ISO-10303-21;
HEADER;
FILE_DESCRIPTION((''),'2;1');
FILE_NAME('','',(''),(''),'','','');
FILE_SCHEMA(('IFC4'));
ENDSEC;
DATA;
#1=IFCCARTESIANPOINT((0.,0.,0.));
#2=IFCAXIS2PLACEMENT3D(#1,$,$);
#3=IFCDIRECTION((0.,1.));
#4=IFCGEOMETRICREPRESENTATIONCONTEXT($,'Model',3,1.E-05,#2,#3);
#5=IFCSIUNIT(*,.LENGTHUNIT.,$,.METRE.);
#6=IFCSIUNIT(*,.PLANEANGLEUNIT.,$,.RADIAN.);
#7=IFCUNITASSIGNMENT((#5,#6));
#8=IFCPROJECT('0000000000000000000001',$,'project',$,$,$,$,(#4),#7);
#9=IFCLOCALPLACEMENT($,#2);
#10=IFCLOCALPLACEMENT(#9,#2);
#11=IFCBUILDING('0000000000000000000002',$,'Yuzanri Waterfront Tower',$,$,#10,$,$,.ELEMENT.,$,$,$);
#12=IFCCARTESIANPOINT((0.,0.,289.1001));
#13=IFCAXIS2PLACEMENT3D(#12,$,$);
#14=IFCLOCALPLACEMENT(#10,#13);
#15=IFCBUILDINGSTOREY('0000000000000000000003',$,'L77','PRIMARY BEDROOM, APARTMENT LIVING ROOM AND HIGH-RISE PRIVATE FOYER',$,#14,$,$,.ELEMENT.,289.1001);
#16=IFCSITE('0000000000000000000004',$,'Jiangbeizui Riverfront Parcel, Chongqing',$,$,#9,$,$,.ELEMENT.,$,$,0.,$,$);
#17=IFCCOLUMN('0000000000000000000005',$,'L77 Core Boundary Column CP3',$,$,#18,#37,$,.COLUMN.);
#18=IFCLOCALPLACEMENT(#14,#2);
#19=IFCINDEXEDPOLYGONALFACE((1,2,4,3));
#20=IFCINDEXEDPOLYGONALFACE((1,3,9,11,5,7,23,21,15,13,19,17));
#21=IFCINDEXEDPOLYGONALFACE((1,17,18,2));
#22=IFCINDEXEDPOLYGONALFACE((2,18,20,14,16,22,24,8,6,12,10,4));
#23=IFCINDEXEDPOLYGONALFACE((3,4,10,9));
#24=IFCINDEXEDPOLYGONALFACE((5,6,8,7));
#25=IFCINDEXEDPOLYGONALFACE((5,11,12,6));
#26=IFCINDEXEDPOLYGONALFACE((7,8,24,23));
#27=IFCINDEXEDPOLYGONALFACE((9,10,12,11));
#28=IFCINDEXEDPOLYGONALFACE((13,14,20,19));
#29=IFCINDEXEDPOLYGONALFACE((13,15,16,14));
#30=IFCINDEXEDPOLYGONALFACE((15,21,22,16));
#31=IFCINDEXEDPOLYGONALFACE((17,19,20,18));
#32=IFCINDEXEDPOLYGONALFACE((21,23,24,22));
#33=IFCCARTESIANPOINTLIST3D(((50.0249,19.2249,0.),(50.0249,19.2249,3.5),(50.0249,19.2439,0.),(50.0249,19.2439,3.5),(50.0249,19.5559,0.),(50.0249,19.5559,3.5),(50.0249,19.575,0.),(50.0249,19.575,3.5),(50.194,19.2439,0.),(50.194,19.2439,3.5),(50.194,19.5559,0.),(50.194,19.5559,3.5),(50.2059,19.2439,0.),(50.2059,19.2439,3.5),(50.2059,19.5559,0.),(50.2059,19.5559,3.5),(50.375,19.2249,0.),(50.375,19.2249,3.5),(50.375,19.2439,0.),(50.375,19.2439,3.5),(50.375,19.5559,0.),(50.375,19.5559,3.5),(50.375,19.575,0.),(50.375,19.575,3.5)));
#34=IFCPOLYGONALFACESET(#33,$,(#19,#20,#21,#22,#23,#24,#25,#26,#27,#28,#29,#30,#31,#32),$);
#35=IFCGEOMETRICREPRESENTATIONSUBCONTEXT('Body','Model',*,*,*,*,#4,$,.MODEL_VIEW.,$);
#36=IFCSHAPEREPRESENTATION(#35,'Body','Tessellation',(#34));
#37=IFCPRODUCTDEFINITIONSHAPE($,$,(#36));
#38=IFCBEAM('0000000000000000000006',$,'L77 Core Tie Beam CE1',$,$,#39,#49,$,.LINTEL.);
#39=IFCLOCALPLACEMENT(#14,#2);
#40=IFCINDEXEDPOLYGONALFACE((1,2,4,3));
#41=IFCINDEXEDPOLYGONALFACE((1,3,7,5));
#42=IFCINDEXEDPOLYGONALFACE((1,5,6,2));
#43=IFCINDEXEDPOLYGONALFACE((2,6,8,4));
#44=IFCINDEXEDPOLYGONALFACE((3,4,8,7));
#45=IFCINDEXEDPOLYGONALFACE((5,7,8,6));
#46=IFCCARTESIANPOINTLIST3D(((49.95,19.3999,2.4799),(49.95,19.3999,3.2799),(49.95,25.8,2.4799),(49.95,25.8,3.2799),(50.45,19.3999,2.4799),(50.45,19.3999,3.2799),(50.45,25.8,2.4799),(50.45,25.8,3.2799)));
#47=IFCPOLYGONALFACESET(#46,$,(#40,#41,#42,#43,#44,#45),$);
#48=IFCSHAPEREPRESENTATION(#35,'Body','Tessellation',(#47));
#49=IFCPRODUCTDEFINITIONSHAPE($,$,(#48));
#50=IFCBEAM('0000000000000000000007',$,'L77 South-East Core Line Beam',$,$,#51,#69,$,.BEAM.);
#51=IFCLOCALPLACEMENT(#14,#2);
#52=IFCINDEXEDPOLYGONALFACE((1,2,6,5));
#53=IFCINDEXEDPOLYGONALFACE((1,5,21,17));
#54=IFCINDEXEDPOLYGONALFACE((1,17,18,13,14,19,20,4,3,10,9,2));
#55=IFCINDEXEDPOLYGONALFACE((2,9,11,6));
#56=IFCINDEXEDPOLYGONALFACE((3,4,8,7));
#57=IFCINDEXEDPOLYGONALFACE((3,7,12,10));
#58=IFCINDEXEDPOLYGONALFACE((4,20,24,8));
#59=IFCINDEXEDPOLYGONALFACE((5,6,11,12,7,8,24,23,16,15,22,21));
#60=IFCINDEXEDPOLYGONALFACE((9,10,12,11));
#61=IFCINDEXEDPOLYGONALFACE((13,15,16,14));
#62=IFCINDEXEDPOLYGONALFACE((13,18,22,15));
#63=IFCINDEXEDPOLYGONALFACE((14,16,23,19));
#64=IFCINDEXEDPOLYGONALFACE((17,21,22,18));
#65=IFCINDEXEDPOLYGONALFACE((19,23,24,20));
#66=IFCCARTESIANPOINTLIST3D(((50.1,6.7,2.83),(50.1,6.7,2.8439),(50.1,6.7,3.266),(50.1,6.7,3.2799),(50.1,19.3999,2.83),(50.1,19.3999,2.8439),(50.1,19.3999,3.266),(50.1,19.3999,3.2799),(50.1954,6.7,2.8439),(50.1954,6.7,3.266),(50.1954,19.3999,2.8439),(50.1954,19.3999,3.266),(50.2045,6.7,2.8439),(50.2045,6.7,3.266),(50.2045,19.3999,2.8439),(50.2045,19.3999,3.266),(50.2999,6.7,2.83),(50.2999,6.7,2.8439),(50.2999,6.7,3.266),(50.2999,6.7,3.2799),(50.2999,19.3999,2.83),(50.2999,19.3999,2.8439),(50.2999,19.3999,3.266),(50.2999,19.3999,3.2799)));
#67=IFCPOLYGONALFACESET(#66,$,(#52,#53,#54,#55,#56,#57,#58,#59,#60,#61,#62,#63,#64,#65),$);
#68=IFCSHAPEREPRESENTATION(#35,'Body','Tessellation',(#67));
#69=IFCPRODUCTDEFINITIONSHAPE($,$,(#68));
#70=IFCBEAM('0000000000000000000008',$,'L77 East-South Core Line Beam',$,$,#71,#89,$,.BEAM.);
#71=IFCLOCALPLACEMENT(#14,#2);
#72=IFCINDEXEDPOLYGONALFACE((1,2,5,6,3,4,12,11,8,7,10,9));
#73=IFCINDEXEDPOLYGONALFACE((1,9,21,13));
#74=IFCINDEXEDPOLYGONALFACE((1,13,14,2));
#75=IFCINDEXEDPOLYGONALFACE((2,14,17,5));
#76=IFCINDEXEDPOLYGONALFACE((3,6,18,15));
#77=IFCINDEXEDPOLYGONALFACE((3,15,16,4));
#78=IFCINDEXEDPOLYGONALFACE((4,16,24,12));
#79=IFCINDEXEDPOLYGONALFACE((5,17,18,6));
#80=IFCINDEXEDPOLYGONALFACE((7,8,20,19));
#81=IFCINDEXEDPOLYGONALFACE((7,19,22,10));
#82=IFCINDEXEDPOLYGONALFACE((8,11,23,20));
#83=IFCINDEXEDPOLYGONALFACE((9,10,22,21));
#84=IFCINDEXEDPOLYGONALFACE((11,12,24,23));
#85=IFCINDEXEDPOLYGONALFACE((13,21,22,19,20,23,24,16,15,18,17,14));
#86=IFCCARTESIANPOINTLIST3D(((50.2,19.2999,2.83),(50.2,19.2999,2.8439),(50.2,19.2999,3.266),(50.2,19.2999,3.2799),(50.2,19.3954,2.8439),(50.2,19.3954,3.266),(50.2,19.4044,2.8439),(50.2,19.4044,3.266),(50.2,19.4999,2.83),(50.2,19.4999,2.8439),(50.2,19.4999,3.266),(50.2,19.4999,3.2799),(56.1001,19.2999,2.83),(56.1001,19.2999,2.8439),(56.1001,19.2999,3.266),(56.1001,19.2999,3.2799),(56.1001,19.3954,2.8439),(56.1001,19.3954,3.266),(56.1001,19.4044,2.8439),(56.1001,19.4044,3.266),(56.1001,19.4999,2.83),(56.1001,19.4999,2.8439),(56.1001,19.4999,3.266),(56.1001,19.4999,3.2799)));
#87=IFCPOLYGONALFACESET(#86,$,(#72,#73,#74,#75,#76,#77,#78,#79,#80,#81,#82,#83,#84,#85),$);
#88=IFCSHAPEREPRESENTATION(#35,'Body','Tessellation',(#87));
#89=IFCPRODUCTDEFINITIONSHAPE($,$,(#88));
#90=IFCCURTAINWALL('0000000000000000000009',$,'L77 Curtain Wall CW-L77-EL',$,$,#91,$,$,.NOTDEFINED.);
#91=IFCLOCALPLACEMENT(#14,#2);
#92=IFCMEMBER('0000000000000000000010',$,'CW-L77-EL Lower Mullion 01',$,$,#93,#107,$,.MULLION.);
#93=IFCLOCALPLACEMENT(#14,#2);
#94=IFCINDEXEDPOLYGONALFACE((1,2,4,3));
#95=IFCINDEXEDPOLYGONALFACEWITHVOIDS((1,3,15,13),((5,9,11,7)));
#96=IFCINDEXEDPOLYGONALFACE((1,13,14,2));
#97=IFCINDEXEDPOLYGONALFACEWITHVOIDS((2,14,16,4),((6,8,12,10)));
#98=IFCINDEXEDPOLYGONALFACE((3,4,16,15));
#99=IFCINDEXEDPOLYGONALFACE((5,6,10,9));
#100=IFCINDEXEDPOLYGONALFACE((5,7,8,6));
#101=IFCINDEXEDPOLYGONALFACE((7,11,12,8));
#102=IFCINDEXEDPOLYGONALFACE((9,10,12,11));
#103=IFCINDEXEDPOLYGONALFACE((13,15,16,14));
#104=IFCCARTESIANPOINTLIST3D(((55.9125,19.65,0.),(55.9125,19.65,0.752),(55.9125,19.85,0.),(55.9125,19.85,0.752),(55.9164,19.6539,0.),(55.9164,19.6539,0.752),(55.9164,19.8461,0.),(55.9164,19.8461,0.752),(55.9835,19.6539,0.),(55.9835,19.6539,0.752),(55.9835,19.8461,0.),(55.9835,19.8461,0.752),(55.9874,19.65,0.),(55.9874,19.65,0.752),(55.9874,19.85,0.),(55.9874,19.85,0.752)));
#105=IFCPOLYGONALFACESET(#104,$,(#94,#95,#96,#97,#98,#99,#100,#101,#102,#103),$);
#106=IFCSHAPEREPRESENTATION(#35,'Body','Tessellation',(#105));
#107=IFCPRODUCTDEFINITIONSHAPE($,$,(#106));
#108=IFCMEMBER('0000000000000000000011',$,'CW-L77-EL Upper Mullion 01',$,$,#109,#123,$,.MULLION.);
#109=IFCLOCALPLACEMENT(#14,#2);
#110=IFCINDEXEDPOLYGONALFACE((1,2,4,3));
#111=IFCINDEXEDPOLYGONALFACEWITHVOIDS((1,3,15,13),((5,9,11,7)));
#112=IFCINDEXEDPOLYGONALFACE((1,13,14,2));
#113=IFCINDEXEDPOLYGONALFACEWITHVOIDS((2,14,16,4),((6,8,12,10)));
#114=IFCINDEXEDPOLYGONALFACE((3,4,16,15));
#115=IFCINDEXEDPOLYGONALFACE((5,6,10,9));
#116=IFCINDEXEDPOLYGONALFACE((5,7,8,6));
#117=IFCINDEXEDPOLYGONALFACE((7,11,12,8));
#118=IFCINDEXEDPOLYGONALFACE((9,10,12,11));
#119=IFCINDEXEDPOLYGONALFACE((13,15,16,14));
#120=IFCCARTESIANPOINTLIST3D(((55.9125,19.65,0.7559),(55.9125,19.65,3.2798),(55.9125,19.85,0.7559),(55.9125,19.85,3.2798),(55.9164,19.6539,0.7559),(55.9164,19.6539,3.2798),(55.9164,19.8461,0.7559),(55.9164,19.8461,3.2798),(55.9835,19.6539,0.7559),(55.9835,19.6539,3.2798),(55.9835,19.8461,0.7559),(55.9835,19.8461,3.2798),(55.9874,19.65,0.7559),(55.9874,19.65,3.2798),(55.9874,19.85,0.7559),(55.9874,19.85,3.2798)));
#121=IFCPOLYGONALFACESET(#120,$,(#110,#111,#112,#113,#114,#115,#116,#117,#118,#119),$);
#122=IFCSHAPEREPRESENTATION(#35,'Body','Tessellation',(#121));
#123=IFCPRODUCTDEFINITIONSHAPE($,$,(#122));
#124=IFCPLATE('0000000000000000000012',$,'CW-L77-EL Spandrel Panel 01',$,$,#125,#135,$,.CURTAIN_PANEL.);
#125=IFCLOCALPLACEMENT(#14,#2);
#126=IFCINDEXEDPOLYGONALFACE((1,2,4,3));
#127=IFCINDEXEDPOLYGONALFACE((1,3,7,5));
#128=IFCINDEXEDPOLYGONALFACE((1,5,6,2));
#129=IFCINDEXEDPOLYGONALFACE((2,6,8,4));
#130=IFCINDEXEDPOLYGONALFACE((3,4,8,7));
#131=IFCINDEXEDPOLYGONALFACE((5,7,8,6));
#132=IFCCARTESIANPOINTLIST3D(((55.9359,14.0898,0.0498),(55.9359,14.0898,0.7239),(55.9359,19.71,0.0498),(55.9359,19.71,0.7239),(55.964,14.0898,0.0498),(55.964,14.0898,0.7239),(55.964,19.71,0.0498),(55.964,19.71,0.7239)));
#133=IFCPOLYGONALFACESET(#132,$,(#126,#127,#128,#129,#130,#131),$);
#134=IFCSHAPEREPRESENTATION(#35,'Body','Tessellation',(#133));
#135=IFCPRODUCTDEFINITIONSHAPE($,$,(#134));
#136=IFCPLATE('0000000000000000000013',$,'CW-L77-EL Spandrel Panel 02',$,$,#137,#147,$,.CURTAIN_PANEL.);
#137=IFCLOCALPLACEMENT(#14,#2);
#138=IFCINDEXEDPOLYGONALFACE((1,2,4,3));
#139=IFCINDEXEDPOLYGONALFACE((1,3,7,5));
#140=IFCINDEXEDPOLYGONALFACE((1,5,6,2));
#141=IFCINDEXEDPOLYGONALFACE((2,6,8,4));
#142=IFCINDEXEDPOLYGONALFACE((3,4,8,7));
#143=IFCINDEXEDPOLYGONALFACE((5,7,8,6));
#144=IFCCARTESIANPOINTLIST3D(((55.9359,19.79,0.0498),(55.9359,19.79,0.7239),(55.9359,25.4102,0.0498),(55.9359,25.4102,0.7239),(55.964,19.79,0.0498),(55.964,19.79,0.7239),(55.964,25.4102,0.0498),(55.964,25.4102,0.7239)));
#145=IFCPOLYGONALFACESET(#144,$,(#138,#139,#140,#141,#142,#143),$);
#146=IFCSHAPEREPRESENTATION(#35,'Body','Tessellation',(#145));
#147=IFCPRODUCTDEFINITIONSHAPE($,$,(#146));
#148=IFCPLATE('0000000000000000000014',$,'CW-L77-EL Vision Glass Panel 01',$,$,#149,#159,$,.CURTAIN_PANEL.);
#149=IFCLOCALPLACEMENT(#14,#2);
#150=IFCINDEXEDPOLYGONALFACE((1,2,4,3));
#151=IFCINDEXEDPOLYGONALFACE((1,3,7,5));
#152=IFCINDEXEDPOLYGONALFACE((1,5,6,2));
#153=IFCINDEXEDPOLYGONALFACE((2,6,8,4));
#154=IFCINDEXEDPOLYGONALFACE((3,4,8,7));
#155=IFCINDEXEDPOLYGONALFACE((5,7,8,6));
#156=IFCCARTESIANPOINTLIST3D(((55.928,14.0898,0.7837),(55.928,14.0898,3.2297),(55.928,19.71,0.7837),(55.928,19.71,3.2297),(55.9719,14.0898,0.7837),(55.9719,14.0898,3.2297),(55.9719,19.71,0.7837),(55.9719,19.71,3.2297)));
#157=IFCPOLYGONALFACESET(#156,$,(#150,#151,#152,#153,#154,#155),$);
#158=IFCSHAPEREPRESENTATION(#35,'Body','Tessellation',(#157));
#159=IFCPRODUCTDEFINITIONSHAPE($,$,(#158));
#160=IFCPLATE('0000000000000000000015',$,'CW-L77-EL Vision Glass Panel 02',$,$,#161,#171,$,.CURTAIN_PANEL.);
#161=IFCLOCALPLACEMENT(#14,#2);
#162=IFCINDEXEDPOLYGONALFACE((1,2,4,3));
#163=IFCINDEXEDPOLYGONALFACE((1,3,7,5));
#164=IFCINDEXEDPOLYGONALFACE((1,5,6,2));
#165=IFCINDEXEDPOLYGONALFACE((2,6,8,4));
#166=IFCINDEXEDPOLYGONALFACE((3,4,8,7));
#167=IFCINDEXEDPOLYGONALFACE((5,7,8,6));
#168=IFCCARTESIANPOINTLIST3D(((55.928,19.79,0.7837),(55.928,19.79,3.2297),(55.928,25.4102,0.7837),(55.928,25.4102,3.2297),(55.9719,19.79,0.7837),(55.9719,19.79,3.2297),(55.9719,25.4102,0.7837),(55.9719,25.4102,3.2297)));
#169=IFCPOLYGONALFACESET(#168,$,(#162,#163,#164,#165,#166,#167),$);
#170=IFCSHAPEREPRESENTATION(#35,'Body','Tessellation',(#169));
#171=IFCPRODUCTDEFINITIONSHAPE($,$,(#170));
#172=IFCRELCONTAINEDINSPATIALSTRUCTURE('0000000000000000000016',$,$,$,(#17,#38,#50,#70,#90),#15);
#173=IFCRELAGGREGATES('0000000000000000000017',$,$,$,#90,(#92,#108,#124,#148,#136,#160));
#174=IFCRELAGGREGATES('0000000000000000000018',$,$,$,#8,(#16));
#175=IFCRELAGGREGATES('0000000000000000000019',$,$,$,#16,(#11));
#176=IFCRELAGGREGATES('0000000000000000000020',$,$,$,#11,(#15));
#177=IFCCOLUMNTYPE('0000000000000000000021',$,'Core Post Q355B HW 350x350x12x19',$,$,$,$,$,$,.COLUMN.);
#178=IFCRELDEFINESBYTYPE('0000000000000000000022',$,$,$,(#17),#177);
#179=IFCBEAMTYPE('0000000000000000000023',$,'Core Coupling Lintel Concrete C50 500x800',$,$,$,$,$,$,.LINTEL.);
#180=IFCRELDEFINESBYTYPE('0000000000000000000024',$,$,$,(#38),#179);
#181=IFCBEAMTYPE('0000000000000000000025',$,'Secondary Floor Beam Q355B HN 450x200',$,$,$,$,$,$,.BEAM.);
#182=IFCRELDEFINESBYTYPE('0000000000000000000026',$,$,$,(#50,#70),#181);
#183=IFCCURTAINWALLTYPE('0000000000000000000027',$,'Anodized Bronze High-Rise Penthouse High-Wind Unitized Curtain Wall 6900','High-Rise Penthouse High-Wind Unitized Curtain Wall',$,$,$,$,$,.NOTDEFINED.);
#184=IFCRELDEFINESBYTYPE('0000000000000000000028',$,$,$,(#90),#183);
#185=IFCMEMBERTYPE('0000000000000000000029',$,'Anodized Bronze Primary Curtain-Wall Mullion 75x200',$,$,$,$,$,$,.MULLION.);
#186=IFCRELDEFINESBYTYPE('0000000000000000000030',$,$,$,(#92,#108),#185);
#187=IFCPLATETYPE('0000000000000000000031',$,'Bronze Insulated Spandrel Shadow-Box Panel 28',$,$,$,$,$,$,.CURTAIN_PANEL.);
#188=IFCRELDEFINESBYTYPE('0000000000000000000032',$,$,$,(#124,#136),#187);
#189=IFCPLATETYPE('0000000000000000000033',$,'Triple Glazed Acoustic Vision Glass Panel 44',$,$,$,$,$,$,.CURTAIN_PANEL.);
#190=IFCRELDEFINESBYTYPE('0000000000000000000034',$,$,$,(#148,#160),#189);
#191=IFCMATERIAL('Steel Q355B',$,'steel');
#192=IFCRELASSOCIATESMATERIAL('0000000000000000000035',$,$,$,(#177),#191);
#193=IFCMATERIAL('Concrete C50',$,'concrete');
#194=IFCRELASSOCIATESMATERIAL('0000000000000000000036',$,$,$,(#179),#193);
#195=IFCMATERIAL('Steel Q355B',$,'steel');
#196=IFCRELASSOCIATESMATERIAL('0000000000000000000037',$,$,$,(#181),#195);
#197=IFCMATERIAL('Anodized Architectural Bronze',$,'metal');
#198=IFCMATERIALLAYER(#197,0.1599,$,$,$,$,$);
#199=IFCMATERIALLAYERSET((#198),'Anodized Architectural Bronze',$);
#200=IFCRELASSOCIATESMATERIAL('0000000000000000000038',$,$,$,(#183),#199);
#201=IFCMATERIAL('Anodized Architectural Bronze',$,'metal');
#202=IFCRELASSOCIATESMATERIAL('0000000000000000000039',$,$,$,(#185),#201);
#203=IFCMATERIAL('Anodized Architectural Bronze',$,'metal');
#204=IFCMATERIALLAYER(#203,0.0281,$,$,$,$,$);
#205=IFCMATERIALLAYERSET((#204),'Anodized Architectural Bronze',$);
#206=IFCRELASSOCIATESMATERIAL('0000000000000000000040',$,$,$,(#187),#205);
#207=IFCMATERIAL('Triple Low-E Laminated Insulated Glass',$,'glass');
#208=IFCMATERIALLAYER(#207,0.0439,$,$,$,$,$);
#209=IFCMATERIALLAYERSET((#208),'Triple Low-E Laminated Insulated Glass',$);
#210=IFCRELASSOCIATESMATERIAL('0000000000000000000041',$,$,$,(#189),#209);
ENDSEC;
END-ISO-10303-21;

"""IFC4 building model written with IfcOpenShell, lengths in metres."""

from ifc_helpers import new_model, si_unit, direction, frame, origin, origin_2d, place, context, subcontext, project, spatial, rectangle, hollow_rectangle, i_section, extrude, source, transform, mapped, material, layer, layer_set, material_profile, profile_set, type_object, element, aggregate, save


model = new_model("IFC4")

# Units and contexts
model_context = context("Model", 3, precision=1e-05, world=origin(), true_north=direction((0.0, 1.0)))
body_context = subcontext(model_context, "Body", "Model", "MODEL_VIEW")
ifc_project = project(units=[si_unit("LENGTHUNIT", "METRE"), si_unit("PLANEANGLEUNIT", "RADIAN")], contexts=[model_context])

# Site, building, storey
site_placement = place(None, origin())
site = spatial("IfcSite", under=ifc_project, at=site_placement, Name="Jiangbeizui Riverfront Parcel, Chongqing", CompositionType="ELEMENT", RefElevation=0.0)
building_placement = place(site_placement, origin())
building = spatial("IfcBuilding", under=site, at=building_placement, Name="Yuzanri Waterfront Tower", CompositionType="ELEMENT")
storey_placement = place(building_placement, frame((0.0, 0.0, 289.1001)))
storey = spatial("IfcBuildingStorey", under=building, at=storey_placement, Name="L77", Description="PRIMARY BEDROOM, APARTMENT LIVING ROOM AND HIGH-RISE PRIVATE FOYER", CompositionType="ELEMENT", Elevation=289.1001)

# Column
ifc_material_1 = material(Name="Steel Q355B", Category="steel")
ifc_material_profile_1 = material_profile(ifc_material_1, i_section(OverallWidth=0.3501, OverallDepth=0.3501, WebThickness=0.012, FlangeThickness=0.019, at=origin_2d()), Name="HW 350x350x12x19")
ifc_profile_set_1 = profile_set([ifc_material_profile_1], Name="Steel Q355B")
column_type = type_object("IfcColumnType", Name="Core Post Q355B HW 350x350x12x19", PredefinedType="COLUMN", material=ifc_profile_set_1)
shared_shape_1 = source(origin(), body_context, "Body", "SweptSolid", [
    extrude(i_section(OverallWidth=0.3501, OverallDepth=0.3501, WebThickness=0.012, FlangeThickness=0.019, at=origin_2d()), origin(), (0.0, 0.0, 1.0), 3.5),
])
column_placement = place(storey_placement, frame((50.2, 19.3999, 0.0), z_axis=(0.0, 0.0, 1.0), x_axis=(1.0, 0.0, 0.0)))
element("IfcColumn", 1, at=column_placement, inside=storey, type_object=column_type, Name="L77 Core Boundary Column CP3", PredefinedType="COLUMN", context=body_context, shape_type="MappedRepresentation", body=[
    mapped(shared_shape_1, transform((0.0, 0.0, 0.0), scale=1.0)),
])

# Beams
ifc_material_2 = material(Name="Concrete C50", Category="concrete")
ifc_material_profile_2 = material_profile(ifc_material_2, rectangle(XDim=0.5, YDim=0.8, at=origin_2d()), Name="RC 500x800")
ifc_profile_set_2 = profile_set([ifc_material_profile_2], Name="Concrete C50")
beam_type_1 = type_object("IfcBeamType", Name="Core Coupling Lintel Concrete C50 500x800", PredefinedType="LINTEL", material=ifc_profile_set_2)
shared_shape_2 = source(origin(), body_context, "Body", "SweptSolid", [
    extrude(rectangle(XDim=0.5, YDim=0.8, at=origin_2d()), origin(), (0.0, 0.0, 1.0), 6.4001),
])
beam_1_placement = place(storey_placement, frame((50.2, 19.3999, 2.8799), z_axis=(0.0, 1.0, 0.0), x_axis=(-1.0, 0.0, 0.0)))
element("IfcBeam", 2, at=beam_1_placement, inside=storey, type_object=beam_type_1, Name="L77 Core Tie Beam CE1", PredefinedType="LINTEL", context=body_context, shape_type="MappedRepresentation", body=[
    mapped(shared_shape_2, transform((0.0, 0.0, 0.0), scale=1.0)),
])
ifc_material_3 = material(Name="Steel Q355B", Category="steel")
ifc_material_profile_3 = material_profile(ifc_material_3, i_section(OverallWidth=0.2, OverallDepth=0.45, WebThickness=0.009, FlangeThickness=0.0139, at=origin_2d()), Name="HN 450x200x9x14")
ifc_profile_set_3 = profile_set([ifc_material_profile_3], Name="Steel Q355B")
beam_type_2 = type_object("IfcBeamType", Name="Secondary Floor Beam Q355B HN 450x200", PredefinedType="BEAM", material=ifc_profile_set_3)
shared_shape_3 = source(origin(), body_context, "Body", "SweptSolid", [
    extrude(i_section(OverallWidth=0.2, OverallDepth=0.45, WebThickness=0.009, FlangeThickness=0.0139, at=origin_2d()), origin(), (0.0, 0.0, 1.0), 12.7),
])
beam_2_placement = place(storey_placement, frame((50.2, 19.3999, 3.0549), z_axis=(0.0, -1.0, 0.0), x_axis=(1.0, 0.0, 0.0)))
element("IfcBeam", 3, at=beam_2_placement, inside=storey, type_object=beam_type_2, Name="L77 South-East Core Line Beam", PredefinedType="BEAM", context=body_context, shape_type="MappedRepresentation", body=[
    mapped(shared_shape_3, transform((0.0, 0.0, 0.0), scale=1.0)),
])
shared_shape_4 = source(origin(), body_context, "Body", "SweptSolid", [
    extrude(i_section(OverallWidth=0.2, OverallDepth=0.45, WebThickness=0.009, FlangeThickness=0.0139, at=origin_2d()), origin(), (0.0, 0.0, 1.0), 5.9001),
])
beam_3_placement = place(storey_placement, frame((50.2, 19.3999, 3.0549), z_axis=(1.0, 0.0, 0.0), x_axis=(0.0, 1.0, 0.0)))
element("IfcBeam", 4, at=beam_3_placement, inside=storey, type_object=beam_type_2, Name="L77 East-South Core Line Beam", PredefinedType="BEAM", context=body_context, shape_type="MappedRepresentation", body=[
    mapped(shared_shape_4, transform((0.0, 0.0, 0.0), scale=1.0)),
])

# Curtain wall, members, plates
ifc_material_4 = material(Name="Anodized Architectural Bronze", Category="metal")
ifc_layer_1 = layer(ifc_material_4, 0.1599)
ifc_layer_set_1 = layer_set([ifc_layer_1], Name="Anodized Architectural Bronze")
curtain_wall_type = type_object("IfcCurtainWallType", Name="Anodized Bronze High-Rise Penthouse High-Wind Unitized Curtain Wall 6900", Description="High-Rise Penthouse High-Wind Unitized Curtain Wall", PredefinedType="NOTDEFINED", material=ifc_layer_set_1)
curtain_wall_placement = place(storey_placement, origin())
curtain_wall = element("IfcCurtainWall", 5, at=curtain_wall_placement, inside=storey, type_object=curtain_wall_type, Name="L77 Curtain Wall CW-L77-EL", PredefinedType="NOTDEFINED")
ifc_material_5 = material(Name="Anodized Architectural Bronze", Category="metal")
ifc_material_profile_4 = material_profile(ifc_material_5, hollow_rectangle(XDim=0.075, YDim=0.2, WallThickness=0.0039, at=origin_2d()), Name="CWM 75x200")
ifc_profile_set_4 = profile_set([ifc_material_profile_4], Name="Anodized Architectural Bronze")
member_type = type_object("IfcMemberType", Name="Anodized Bronze Primary Curtain-Wall Mullion 75x200", PredefinedType="MULLION", material=ifc_profile_set_4)
shared_shape_5 = source(origin(), body_context, "Body", "SweptSolid", [
    extrude(hollow_rectangle(XDim=0.075, YDim=0.2, WallThickness=0.0039, at=origin_2d()), origin(), (0.0, 0.0, 1.0), 0.752),
])
member_1_placement = place(storey_placement, frame((55.95, 19.75, 0.0), z_axis=(0.0, 0.0, 1.0), x_axis=(1.0, 0.0, 0.0)))
member_1 = element("IfcMember", 6, at=member_1_placement, type_object=member_type, Name="CW-L77-EL Lower Mullion 01", PredefinedType="MULLION", context=body_context, shape_type="MappedRepresentation", body=[
    mapped(shared_shape_5, transform((0.0, 0.0, 0.0), scale=1.0)),
])
shared_shape_6 = source(origin(), body_context, "Body", "SweptSolid", [
    extrude(hollow_rectangle(XDim=0.075, YDim=0.2, WallThickness=0.0039, at=origin_2d()), origin(), (0.0, 0.0, 1.0), 2.5239),
])
member_2_placement = place(storey_placement, frame((55.95, 19.75, 0.7559), z_axis=(0.0, 0.0, 1.0), x_axis=(1.0, 0.0, 0.0)))
member_2 = element("IfcMember", 7, at=member_2_placement, type_object=member_type, Name="CW-L77-EL Upper Mullion 01", PredefinedType="MULLION", context=body_context, shape_type="MappedRepresentation", body=[
    mapped(shared_shape_6, transform((0.0, 0.0, 0.0), scale=1.0)),
])
ifc_material_6 = material(Name="Anodized Architectural Bronze", Category="metal")
ifc_layer_2 = layer(ifc_material_6, 0.0281)
ifc_layer_set_2 = layer_set([ifc_layer_2], Name="Anodized Architectural Bronze")
plate_type_1 = type_object("IfcPlateType", Name="Bronze Insulated Spandrel Shadow-Box Panel 28", PredefinedType="CURTAIN_PANEL", material=ifc_layer_set_2)
shared_shape_7 = source(origin(), body_context, "Body", "SweptSolid", [
    extrude(rectangle(XDim=5.6201, YDim=0.0281, at=origin_2d()), origin(), (0.0, 0.0, 1.0), 0.6741),
])
plate_1_placement = place(storey_placement, frame((55.95, 16.8999, 0.0498), z_axis=(0.0, 0.0, 1.0), x_axis=(0.0, 1.0, 0.0)))
plate_1 = element("IfcPlate", 8, at=plate_1_placement, type_object=plate_type_1, Name="CW-L77-EL Spandrel Panel 01", PredefinedType="CURTAIN_PANEL", context=body_context, shape_type="MappedRepresentation", body=[
    mapped(shared_shape_7, transform((0.0, 0.0, 0.0), scale=1.0)),
])
plate_2_placement = place(storey_placement, frame((55.95, 22.6001, 0.0498), z_axis=(0.0, 0.0, 1.0), x_axis=(0.0, 1.0, 0.0)))
plate_2 = element("IfcPlate", 9, at=plate_2_placement, type_object=plate_type_1, Name="CW-L77-EL Spandrel Panel 02", PredefinedType="CURTAIN_PANEL", context=body_context, shape_type="MappedRepresentation", body=[
    mapped(shared_shape_7, transform((0.0, 0.0, 0.0), scale=1.0)),
])
ifc_material_7 = material(Name="Triple Low-E Laminated Insulated Glass", Category="glass")
ifc_layer_3 = layer(ifc_material_7, 0.0439)
ifc_layer_set_3 = layer_set([ifc_layer_3], Name="Triple Low-E Laminated Insulated Glass")
plate_type_2 = type_object("IfcPlateType", Name="Triple Glazed Acoustic Vision Glass Panel 44", PredefinedType="CURTAIN_PANEL", material=ifc_layer_set_3)
shared_shape_8 = source(origin(), body_context, "Body", "SweptSolid", [
    extrude(rectangle(XDim=5.6201, YDim=0.0439, at=origin_2d()), origin(), (0.0, 0.0, 1.0), 2.446),
])
plate_3_placement = place(storey_placement, frame((55.95, 16.8999, 0.7837), z_axis=(0.0, 0.0, 1.0), x_axis=(0.0, 1.0, 0.0)))
plate_3 = element("IfcPlate", 10, at=plate_3_placement, type_object=plate_type_2, Name="CW-L77-EL Vision Glass Panel 01", PredefinedType="CURTAIN_PANEL", context=body_context, shape_type="MappedRepresentation", body=[
    mapped(shared_shape_8, transform((0.0, 0.0, 0.0), scale=1.0)),
])
plate_4_placement = place(storey_placement, frame((55.95, 22.6001, 0.7837), z_axis=(0.0, 0.0, 1.0), x_axis=(0.0, 1.0, 0.0)))
plate_4 = element("IfcPlate", 11, at=plate_4_placement, type_object=plate_type_2, Name="CW-L77-EL Vision Glass Panel 02", PredefinedType="CURTAIN_PANEL", context=body_context, shape_type="MappedRepresentation", body=[
    mapped(shared_shape_8, transform((0.0, 0.0, 0.0), scale=1.0)),
])
aggregate(curtain_wall, [member_1, member_2, plate_1, plate_3, plate_2, plate_4])

save(model, "model.ifc")
